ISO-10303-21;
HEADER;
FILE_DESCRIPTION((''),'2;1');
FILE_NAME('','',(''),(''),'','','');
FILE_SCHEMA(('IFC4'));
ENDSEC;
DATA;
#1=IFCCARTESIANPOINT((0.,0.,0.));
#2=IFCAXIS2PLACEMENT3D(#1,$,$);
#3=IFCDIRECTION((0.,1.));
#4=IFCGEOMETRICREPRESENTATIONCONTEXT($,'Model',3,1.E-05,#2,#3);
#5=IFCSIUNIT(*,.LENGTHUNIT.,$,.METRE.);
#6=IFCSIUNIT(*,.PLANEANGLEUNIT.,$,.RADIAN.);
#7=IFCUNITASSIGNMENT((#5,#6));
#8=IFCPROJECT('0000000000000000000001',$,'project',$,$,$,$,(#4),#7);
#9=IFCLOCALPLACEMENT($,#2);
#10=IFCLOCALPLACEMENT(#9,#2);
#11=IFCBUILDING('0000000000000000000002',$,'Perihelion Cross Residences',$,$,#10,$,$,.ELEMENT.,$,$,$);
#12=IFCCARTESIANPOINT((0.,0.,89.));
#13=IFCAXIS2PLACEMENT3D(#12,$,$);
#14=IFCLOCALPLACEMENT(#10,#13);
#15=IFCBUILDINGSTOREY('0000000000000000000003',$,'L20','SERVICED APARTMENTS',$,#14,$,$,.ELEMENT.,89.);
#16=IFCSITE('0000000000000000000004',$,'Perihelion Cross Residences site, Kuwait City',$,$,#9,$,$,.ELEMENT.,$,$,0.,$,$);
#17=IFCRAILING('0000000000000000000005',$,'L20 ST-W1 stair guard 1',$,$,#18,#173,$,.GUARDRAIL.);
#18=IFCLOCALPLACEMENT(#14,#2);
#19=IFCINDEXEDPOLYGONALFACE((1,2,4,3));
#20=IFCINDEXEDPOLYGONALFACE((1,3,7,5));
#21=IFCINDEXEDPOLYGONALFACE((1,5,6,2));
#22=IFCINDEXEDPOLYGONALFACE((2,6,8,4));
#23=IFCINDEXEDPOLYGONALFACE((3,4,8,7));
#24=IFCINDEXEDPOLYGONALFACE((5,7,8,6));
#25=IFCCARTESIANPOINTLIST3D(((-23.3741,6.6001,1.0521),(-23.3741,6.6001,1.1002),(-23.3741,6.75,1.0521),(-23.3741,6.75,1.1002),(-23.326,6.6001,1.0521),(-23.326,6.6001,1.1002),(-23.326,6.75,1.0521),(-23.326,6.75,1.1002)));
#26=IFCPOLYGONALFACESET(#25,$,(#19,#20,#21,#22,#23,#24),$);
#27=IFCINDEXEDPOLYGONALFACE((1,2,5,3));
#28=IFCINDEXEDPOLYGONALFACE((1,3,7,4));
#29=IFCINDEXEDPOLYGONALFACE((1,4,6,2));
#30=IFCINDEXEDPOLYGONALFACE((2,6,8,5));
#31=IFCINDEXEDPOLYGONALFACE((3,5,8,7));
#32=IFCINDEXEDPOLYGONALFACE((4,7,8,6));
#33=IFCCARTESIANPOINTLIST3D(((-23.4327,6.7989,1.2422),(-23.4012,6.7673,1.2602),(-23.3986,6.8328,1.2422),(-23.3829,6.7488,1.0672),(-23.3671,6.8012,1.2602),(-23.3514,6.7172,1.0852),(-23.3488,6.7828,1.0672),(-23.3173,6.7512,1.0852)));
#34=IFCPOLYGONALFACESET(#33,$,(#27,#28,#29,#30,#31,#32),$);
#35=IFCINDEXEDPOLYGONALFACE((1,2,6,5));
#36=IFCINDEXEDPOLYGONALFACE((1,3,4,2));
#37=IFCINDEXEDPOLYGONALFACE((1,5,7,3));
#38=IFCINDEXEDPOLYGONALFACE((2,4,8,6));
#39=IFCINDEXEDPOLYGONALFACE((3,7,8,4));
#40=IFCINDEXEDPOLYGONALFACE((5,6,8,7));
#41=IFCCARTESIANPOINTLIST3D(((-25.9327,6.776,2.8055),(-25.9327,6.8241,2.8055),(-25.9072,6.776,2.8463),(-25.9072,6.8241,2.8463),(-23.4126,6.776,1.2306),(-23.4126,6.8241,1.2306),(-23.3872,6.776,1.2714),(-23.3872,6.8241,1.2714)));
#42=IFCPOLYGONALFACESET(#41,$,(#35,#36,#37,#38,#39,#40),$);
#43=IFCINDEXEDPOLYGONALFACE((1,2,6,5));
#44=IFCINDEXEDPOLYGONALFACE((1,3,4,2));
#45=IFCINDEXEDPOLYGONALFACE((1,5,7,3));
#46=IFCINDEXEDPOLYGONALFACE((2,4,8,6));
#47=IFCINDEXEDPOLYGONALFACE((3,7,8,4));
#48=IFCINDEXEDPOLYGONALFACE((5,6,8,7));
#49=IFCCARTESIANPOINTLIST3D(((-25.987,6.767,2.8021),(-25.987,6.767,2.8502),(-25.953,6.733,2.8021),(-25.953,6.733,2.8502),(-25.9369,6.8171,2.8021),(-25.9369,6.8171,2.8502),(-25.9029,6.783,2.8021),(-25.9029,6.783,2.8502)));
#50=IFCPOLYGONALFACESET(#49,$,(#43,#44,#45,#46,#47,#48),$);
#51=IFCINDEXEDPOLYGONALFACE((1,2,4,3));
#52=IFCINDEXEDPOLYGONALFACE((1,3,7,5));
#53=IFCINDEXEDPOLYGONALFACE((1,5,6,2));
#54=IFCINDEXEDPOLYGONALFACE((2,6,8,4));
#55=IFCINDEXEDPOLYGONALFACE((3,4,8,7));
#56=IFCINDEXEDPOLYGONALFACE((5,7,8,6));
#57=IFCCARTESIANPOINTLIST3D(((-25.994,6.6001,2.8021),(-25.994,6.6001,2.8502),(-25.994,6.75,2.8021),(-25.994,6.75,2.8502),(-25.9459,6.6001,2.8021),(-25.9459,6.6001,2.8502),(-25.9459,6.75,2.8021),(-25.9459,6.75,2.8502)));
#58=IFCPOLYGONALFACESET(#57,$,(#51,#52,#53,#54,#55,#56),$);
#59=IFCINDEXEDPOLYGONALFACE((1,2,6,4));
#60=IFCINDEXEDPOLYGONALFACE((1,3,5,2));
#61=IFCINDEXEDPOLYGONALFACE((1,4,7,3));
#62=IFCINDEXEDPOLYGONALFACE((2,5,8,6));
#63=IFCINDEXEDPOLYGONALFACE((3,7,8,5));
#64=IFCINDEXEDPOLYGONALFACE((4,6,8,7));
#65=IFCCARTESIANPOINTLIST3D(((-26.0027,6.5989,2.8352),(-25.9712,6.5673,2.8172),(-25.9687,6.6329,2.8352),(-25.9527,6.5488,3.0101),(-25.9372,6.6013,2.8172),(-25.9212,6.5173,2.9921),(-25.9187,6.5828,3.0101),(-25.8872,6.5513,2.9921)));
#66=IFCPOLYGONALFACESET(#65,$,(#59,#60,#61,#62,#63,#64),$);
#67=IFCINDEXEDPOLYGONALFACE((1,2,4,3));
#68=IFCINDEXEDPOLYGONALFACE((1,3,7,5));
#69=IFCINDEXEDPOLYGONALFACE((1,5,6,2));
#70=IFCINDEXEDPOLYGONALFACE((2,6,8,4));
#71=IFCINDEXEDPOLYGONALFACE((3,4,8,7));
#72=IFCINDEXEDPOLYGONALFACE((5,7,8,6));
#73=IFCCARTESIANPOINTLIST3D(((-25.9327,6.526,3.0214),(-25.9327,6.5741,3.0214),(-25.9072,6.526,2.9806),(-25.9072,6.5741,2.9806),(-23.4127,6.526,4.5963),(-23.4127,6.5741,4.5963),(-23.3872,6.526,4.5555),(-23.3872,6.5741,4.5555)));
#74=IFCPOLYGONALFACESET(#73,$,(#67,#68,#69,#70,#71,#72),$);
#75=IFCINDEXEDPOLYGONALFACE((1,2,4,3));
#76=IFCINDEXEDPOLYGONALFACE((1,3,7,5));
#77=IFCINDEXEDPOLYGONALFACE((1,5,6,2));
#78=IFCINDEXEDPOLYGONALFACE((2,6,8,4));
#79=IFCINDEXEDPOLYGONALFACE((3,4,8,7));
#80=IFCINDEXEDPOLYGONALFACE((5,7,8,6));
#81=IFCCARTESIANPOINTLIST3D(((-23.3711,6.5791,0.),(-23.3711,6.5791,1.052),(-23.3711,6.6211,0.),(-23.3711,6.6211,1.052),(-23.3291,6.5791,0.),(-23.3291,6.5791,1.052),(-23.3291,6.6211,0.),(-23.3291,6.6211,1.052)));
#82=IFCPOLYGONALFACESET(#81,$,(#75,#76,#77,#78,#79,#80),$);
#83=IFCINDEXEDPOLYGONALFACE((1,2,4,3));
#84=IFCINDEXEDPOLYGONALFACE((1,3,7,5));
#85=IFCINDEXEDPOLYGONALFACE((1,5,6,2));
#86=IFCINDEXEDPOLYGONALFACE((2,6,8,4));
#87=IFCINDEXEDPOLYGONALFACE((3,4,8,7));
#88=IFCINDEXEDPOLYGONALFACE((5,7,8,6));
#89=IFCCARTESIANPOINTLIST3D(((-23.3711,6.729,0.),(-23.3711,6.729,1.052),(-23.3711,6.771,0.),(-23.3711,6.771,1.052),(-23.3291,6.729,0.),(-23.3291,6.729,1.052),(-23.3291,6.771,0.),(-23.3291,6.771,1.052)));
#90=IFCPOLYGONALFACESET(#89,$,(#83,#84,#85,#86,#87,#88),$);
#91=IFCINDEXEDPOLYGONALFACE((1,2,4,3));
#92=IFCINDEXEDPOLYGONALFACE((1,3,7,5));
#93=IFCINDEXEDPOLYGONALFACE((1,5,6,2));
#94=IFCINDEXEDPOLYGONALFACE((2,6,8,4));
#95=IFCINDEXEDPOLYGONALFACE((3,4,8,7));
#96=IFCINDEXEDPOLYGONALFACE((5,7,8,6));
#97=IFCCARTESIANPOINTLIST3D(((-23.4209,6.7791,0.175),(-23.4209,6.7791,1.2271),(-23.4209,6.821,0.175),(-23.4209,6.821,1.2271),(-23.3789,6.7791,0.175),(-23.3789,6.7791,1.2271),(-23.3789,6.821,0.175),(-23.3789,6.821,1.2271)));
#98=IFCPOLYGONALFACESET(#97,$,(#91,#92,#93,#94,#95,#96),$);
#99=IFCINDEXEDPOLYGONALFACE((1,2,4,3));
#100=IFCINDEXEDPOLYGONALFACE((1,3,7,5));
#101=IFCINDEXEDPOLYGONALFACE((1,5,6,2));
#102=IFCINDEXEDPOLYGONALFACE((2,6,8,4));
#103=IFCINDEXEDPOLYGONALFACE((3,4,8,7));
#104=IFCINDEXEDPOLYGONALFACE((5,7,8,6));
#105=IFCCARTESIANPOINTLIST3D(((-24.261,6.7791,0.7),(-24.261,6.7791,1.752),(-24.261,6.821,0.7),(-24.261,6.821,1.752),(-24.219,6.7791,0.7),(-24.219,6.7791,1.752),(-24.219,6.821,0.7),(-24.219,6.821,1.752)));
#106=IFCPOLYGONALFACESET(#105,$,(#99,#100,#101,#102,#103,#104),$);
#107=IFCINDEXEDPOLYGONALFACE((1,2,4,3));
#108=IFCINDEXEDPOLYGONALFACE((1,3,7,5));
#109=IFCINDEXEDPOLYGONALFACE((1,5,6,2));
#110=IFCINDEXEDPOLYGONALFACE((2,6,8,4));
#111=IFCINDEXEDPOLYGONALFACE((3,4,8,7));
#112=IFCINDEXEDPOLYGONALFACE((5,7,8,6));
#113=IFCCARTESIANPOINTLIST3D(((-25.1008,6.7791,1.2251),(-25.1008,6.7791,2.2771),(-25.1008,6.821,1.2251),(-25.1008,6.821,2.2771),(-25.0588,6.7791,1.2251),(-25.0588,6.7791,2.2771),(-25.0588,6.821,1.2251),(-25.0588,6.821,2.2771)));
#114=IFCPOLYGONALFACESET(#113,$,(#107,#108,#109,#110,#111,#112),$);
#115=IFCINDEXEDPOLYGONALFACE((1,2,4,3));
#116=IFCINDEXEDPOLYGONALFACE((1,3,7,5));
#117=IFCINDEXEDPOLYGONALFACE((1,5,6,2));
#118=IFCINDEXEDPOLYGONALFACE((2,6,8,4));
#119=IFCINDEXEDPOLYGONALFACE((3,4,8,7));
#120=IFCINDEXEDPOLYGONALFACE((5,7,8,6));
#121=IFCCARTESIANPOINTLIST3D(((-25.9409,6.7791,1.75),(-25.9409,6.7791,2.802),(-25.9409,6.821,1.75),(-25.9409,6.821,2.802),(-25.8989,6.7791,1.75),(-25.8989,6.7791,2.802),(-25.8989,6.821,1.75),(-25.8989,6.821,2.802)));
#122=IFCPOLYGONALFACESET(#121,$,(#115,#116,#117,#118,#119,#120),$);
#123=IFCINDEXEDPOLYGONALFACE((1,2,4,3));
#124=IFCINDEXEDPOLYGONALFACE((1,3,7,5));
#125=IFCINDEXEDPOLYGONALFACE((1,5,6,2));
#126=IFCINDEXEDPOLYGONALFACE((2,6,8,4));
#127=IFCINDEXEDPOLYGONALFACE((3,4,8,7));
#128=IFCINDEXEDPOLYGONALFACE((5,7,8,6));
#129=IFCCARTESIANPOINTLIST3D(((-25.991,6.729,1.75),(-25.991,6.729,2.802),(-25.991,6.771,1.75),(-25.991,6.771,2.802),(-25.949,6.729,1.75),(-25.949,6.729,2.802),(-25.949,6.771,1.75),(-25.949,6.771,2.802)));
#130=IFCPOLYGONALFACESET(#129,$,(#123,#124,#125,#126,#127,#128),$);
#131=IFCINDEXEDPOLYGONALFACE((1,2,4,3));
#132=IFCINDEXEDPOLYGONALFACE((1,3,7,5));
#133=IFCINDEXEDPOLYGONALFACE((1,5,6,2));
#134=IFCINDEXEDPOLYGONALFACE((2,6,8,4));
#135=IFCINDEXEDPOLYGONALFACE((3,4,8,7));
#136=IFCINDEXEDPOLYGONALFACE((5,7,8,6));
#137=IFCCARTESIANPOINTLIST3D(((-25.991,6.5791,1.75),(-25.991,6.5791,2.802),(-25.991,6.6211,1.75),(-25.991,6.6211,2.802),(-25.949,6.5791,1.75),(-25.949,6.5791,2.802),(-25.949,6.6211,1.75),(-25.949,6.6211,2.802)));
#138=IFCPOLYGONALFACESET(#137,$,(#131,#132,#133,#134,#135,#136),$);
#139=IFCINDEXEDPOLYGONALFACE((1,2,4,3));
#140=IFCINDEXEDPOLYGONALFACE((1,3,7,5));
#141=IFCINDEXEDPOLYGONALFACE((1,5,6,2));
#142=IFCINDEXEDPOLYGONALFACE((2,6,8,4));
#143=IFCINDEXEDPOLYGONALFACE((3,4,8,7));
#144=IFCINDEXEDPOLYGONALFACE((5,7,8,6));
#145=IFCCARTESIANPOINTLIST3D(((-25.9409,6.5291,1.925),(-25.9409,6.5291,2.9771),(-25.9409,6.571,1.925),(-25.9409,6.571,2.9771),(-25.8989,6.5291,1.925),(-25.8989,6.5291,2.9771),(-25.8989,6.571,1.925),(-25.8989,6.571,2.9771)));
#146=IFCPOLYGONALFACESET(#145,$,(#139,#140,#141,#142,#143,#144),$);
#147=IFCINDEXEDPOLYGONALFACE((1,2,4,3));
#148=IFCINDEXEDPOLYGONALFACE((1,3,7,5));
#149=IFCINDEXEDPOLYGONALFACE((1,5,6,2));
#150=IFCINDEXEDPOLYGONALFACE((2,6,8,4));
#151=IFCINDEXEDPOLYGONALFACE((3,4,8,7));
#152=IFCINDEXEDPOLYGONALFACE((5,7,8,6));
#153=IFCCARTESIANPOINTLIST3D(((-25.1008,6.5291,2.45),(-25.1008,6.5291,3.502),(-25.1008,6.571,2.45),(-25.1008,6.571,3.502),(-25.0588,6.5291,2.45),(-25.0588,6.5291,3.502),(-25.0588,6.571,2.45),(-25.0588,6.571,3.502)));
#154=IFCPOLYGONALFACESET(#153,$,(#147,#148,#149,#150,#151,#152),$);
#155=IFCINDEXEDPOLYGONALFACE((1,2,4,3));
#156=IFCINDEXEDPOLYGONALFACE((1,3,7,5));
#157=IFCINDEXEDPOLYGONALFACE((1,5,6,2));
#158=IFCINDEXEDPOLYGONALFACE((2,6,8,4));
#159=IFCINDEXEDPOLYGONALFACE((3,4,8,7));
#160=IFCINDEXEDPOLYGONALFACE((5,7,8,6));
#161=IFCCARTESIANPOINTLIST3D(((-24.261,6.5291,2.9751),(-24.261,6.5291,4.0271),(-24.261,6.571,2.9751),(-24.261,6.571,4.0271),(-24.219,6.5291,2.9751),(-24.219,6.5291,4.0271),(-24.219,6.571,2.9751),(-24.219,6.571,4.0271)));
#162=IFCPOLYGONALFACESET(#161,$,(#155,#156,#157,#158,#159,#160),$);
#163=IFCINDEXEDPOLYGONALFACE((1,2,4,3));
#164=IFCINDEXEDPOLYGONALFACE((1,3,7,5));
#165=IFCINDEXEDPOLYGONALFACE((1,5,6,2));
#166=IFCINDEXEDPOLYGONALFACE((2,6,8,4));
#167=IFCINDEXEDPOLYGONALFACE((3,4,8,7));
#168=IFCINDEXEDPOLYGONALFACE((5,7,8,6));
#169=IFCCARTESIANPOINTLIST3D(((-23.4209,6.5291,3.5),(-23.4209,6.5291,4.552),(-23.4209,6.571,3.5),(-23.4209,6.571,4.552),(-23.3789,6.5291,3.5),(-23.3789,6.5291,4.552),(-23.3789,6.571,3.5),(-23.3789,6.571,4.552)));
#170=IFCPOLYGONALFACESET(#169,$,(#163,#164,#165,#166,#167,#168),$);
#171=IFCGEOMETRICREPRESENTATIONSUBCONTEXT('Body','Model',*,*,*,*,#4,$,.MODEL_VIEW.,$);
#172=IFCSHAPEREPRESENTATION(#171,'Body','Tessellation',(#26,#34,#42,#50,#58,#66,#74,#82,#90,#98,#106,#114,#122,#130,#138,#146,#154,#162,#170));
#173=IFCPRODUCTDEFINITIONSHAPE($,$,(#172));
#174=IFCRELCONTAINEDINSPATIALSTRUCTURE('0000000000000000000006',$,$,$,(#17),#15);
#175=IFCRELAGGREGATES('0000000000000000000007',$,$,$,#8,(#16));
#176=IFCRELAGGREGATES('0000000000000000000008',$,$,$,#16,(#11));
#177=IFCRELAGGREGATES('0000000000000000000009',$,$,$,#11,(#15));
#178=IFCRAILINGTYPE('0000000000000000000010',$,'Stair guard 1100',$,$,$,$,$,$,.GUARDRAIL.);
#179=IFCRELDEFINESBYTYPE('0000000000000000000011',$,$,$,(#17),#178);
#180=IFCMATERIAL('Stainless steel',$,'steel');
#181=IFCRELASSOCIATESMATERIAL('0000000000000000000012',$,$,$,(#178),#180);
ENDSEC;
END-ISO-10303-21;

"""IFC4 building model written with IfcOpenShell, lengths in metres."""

from ifc_helpers import new_model, si_unit, direction, frame, origin, origin_2d, place, context, subcontext, project, spatial, rectangle, extrude, material, type_object, element, save


model = new_model("IFC4")

# Units and contexts
model_context = context("Model", 3, precision=1e-05, world=origin(), true_north=direction((0.0, 1.0)))
body_context = subcontext(model_context, "Body", "Model", "MODEL_VIEW")
ifc_project = project(units=[si_unit("LENGTHUNIT", "METRE"), si_unit("PLANEANGLEUNIT", "RADIAN")], contexts=[model_context])

# Site, building, storey
site_placement = place(None, origin())
site = spatial("IfcSite", under=ifc_project, at=site_placement, Name="Perihelion Cross Residences site, Kuwait City", CompositionType="ELEMENT", RefElevation=0.0)
building_placement = place(site_placement, origin())
building = spatial("IfcBuilding", under=site, at=building_placement, Name="Perihelion Cross Residences", CompositionType="ELEMENT")
storey_placement = place(building_placement, frame((0.0, 0.0, 89.0)))
storey = spatial("IfcBuildingStorey", under=building, at=storey_placement, Name="L20", Description="SERVICED APARTMENTS", CompositionType="ELEMENT", Elevation=89.0)

# Railing
ifc_material_1 = material(Name="Stainless steel", Category="steel")
railing_type_1 = type_object("IfcRailingType", Name="Stair guard 1100", PredefinedType="GUARDRAIL", material=ifc_material_1)
railing_1_placement = place(storey_placement, frame((-23.3501, 6.6001, 0.0)))
element("IfcRailing", 1, at=railing_1_placement, inside=storey, type_object=railing_type_1, Name="L20 ST-W1 stair guard 1", PredefinedType="GUARDRAIL", context=body_context, shape_type="SweptSolid", body=[
    extrude(rectangle(XDim=0.0481, YDim=0.0481, at=origin_2d()), frame((0.0, 0.0, 1.0762), z_axis=(0.0, 1.0, 0.0), x_axis=(-1.0, 0.0, 0.0)), (0.0, 0.0, 1.0), 0.1499),
    extrude(rectangle(XDim=0.0481, YDim=0.0481, at=origin_2d()), frame((0.0, 0.1499, 1.0762), z_axis=(-0.263862, 0.265156, 0.927399), x_axis=(-0.708834, -0.705376, 0.0)), (0.0, 0.0, 1.0), 0.1887),
    extrude(rectangle(XDim=0.0481, YDim=0.0481, at=origin_2d()), frame((-0.0498, 0.2, 1.251), z_axis=(-0.848008, 0.0, 0.529984), x_axis=(0.0, -1.0, 0.0)), (0.0, 0.0, 1.0), 2.9717),
    extrude(rectangle(XDim=0.0481, YDim=0.0481, at=origin_2d()), frame((-2.5698, 0.2, 2.8262), z_axis=(-0.707107, -0.707107, 0.0), x_axis=(0.707107, -0.707107, 0.0)), (0.0, 0.0, 1.0), 0.0708),
    extrude(rectangle(XDim=0.0481, YDim=0.0481, at=origin_2d()), frame((-2.6199, 0.1499, 2.8262), z_axis=(0.0, -1.0, 0.0), x_axis=(1.0, 0.0, 0.0)), (0.0, 0.0, 1.0), 0.1499),
    extrude(rectangle(XDim=0.0481, YDim=0.0481, at=origin_2d()), frame((-2.6199, 0.0, 2.8262), z_axis=(0.265065, -0.265065, 0.927082), x_axis=(0.707107, 0.707107, 0.0)), (0.0, 0.0, 1.0), 0.1887),
    extrude(rectangle(XDim=0.0481, YDim=0.0481, at=origin_2d()), frame((-2.5698, -0.05, 3.001), z_axis=(0.848008, 0.0, 0.529984), x_axis=(0.0, 1.0, 0.0)), (0.0, 0.0, 1.0), 2.9717),
    extrude(rectangle(XDim=0.042, YDim=0.042, at=origin_2d()), origin(), (0.0, 0.0, 1.0), 1.052),
    extrude(rectangle(XDim=0.042, YDim=0.042, at=origin_2d()), frame((0.0, 0.1499, 0.0)), (0.0, 0.0, 1.0), 1.052),
    extrude(rectangle(XDim=0.042, YDim=0.042, at=origin_2d()), frame((-0.0498, 0.2, 0.175)), (0.0, 0.0, 1.0), 1.052),
    extrude(rectangle(XDim=0.042, YDim=0.042, at=origin_2d()), frame((-0.8899, 0.2, 0.7)), (0.0, 0.0, 1.0), 1.052),
    extrude(rectangle(XDim=0.042, YDim=0.042, at=origin_2d()), frame((-1.7297, 0.2, 1.2251)), (0.0, 0.0, 1.0), 1.052),
    extrude(rectangle(XDim=0.042, YDim=0.042, at=origin_2d()), frame((-2.5698, 0.2, 1.75)), (0.0, 0.0, 1.0), 1.052),
    extrude(rectangle(XDim=0.042, YDim=0.042, at=origin_2d()), frame((-2.6199, 0.1499, 1.75)), (0.0, 0.0, 1.0), 1.052),
    extrude(rectangle(XDim=0.042, YDim=0.042, at=origin_2d()), frame((-2.6199, 0.0, 1.75)), (0.0, 0.0, 1.0), 1.052),
    extrude(rectangle(XDim=0.042, YDim=0.042, at=origin_2d()), frame((-2.5698, -0.05, 1.925)), (0.0, 0.0, 1.0), 1.052),
    extrude(rectangle(XDim=0.042, YDim=0.042, at=origin_2d()), frame((-1.7297, -0.05, 2.45)), (0.0, 0.0, 1.0), 1.052),
    extrude(rectangle(XDim=0.042, YDim=0.042, at=origin_2d()), frame((-0.8899, -0.05, 2.9751)), (0.0, 0.0, 1.0), 1.052),
    extrude(rectangle(XDim=0.042, YDim=0.042, at=origin_2d()), frame((-0.0498, -0.05, 3.5)), (0.0, 0.0, 1.0), 1.052),
])

save(model, "model.ifc")
